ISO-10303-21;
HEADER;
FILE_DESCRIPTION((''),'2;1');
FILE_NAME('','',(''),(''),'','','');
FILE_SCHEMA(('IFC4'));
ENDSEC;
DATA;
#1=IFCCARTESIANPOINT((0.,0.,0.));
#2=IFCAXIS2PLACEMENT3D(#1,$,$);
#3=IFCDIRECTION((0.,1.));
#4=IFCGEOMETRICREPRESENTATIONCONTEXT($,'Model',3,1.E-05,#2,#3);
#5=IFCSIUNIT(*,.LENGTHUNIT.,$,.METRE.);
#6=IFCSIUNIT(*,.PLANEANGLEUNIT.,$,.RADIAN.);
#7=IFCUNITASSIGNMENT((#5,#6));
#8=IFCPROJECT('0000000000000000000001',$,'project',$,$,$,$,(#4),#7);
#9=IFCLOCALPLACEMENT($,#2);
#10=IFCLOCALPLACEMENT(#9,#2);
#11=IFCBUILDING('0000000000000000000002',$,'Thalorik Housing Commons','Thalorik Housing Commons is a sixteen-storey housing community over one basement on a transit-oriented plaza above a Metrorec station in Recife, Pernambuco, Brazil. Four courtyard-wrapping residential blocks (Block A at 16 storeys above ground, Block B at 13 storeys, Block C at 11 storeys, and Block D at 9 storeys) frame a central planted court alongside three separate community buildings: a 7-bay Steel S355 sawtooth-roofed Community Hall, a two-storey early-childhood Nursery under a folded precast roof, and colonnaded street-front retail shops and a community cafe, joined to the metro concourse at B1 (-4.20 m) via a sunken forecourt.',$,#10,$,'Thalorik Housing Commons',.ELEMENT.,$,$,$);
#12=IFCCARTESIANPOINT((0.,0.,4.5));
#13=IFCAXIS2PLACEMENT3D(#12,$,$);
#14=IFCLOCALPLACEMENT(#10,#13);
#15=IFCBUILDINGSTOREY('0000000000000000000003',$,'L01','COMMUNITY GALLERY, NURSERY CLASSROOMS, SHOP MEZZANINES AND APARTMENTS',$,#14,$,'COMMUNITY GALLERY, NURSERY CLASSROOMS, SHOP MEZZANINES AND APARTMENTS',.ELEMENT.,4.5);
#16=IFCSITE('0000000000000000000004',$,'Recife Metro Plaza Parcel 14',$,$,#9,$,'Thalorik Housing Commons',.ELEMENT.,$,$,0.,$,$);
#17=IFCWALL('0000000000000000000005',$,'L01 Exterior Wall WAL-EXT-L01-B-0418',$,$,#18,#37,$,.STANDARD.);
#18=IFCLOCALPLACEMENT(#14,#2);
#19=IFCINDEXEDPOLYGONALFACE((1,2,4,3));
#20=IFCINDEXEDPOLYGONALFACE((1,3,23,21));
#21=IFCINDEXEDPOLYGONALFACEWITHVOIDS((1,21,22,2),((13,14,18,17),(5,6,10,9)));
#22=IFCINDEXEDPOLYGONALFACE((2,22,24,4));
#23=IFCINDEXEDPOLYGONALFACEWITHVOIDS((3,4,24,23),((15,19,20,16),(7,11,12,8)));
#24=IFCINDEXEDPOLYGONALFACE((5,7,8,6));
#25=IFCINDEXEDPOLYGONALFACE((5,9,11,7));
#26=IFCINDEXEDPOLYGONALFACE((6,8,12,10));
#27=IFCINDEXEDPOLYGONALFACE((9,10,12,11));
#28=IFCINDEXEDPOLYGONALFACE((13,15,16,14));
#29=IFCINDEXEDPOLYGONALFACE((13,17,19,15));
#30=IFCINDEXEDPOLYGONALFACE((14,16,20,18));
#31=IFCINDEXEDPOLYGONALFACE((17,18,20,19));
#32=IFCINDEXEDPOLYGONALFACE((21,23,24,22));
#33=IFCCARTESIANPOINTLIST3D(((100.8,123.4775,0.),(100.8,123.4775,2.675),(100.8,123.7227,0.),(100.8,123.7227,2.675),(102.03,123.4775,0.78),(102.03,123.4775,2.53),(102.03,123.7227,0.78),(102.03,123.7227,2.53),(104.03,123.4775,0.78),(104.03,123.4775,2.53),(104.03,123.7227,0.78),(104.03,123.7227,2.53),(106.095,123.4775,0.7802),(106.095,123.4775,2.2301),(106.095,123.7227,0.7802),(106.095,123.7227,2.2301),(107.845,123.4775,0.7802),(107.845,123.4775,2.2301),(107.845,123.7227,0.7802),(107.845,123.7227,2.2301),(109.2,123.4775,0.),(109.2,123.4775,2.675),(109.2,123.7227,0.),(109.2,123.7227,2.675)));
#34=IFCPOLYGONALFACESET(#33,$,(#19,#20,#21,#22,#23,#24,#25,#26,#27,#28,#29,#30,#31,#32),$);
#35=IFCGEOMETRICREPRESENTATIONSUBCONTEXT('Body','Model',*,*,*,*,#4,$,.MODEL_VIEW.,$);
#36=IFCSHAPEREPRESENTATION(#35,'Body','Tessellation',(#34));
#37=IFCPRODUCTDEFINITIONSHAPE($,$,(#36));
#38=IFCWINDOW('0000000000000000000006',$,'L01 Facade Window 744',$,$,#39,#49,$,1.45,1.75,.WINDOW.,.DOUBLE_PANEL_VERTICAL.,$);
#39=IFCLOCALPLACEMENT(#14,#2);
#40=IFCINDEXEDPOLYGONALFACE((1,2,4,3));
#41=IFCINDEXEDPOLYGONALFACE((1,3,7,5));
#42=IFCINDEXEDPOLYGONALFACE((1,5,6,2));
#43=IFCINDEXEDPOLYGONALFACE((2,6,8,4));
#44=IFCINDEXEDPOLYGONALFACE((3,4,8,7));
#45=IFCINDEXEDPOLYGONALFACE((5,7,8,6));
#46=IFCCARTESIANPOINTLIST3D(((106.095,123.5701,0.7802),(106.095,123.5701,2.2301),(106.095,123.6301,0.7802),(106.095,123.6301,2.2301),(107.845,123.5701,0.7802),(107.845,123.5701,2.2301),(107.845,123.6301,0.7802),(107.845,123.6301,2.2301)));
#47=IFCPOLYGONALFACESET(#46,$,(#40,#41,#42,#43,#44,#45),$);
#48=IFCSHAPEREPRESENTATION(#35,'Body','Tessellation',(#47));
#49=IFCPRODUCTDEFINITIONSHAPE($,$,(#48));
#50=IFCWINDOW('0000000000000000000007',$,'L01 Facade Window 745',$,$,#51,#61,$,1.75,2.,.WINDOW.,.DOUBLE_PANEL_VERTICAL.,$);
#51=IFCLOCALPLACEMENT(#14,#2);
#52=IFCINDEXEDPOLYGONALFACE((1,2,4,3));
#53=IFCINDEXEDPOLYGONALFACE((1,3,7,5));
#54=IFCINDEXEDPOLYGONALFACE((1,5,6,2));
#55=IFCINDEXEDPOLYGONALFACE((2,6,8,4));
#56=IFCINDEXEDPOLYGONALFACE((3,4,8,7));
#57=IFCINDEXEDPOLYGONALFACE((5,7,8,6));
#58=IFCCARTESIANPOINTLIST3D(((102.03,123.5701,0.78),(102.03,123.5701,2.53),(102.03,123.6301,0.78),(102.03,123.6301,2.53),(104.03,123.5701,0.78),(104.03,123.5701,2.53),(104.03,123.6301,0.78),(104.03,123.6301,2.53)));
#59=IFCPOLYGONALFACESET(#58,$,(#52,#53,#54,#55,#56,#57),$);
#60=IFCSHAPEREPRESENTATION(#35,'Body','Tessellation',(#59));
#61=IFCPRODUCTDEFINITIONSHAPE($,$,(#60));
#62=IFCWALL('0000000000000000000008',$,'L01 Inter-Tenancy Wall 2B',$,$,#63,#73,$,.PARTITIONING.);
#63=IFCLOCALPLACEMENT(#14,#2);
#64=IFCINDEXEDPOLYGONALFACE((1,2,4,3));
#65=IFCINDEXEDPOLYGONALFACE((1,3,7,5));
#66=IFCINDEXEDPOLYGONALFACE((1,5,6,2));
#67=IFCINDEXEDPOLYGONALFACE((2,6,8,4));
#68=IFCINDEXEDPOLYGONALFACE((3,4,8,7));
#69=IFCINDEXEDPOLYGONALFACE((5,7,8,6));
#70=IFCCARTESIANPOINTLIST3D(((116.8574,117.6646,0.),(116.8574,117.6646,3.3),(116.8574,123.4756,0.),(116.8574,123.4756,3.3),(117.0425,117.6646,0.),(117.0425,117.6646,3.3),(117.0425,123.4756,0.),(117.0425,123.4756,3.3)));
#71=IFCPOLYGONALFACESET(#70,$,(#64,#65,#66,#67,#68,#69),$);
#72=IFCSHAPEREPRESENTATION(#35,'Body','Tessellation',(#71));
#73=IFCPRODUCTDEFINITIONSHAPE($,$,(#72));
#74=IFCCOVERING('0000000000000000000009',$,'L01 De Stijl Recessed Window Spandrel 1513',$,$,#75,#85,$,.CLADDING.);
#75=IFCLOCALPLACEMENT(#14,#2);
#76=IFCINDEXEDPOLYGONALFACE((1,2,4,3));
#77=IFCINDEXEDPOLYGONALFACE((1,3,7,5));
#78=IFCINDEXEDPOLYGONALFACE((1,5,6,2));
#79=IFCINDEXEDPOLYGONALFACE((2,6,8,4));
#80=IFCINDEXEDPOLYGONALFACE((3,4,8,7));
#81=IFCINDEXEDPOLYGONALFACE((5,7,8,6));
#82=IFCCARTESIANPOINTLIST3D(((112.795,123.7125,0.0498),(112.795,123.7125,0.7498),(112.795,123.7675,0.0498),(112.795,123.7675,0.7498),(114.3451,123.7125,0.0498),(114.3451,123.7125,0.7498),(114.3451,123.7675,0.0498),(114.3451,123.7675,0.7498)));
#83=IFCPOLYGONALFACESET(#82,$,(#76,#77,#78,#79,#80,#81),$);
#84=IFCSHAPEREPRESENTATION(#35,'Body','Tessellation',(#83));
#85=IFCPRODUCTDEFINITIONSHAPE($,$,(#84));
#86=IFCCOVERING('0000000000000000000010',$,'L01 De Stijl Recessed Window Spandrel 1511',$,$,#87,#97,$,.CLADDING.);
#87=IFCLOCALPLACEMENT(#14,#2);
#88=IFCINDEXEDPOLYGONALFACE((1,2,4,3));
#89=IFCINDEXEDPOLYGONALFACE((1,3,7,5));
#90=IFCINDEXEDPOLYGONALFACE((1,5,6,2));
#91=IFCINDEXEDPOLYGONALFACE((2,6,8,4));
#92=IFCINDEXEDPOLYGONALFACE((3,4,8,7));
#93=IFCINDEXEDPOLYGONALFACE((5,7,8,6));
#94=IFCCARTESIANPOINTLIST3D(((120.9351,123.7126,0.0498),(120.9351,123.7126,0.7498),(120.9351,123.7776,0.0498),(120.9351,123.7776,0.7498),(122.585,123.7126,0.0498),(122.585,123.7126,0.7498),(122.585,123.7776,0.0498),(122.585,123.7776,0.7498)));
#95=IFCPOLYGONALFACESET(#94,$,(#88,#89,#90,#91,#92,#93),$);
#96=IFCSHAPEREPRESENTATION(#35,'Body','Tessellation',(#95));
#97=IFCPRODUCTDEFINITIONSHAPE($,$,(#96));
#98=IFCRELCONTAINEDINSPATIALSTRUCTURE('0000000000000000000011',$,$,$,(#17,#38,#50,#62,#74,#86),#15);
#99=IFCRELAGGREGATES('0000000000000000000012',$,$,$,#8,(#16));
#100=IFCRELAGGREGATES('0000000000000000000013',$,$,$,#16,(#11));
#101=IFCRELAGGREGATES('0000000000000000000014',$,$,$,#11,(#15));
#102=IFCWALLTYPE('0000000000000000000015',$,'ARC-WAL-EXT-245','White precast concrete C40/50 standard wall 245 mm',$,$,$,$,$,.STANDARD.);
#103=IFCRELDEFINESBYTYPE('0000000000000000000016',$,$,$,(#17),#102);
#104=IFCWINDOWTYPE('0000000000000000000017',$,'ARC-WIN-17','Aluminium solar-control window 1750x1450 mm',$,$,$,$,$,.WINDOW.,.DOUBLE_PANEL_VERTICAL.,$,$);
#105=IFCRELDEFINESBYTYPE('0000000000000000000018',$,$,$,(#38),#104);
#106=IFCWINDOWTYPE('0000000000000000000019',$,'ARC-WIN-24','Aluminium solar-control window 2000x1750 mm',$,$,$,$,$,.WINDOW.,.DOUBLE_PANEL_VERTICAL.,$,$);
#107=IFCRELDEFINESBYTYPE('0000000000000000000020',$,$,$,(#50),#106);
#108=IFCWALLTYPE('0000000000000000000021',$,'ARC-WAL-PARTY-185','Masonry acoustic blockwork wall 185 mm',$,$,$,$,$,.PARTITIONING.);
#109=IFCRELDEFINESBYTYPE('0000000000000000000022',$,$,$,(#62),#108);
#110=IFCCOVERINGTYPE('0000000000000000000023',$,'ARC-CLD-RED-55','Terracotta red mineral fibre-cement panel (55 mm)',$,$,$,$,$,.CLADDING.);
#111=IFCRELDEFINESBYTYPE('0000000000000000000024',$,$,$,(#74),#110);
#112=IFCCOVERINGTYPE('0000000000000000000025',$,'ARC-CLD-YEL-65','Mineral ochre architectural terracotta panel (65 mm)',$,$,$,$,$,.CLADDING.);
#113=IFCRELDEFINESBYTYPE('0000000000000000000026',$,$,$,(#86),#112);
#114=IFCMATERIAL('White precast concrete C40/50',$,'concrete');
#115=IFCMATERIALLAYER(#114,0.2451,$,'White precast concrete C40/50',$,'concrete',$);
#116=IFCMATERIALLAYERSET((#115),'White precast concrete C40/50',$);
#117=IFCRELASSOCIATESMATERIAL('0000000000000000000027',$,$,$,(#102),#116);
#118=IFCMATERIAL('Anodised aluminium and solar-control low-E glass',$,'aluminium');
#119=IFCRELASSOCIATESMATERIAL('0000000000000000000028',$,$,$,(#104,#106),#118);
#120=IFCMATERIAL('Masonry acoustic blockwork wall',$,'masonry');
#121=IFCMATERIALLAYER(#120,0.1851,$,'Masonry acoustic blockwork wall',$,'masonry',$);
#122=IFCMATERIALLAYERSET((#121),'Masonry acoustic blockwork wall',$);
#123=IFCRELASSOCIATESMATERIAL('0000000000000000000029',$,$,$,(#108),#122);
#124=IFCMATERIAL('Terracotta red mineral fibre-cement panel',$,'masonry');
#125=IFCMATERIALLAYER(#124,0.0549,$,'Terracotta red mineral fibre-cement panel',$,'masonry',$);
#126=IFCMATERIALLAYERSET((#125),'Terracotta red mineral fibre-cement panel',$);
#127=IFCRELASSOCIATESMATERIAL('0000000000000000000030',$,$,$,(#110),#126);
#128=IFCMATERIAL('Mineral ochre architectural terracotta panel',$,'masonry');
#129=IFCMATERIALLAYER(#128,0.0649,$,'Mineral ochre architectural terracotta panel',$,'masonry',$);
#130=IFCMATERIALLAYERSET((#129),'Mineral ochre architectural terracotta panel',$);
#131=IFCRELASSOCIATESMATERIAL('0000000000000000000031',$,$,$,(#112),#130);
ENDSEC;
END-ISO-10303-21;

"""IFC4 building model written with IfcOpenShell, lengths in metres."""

from ifc_helpers import new_model, si_unit, direction, frame, frame_2d, origin, origin_2d, place, context, subcontext, project, spatial, rectangle, extrude, material, layer, layer_set, type_object, element, fill, save


model = new_model("IFC4")

# Units and contexts
model_context = context("Model", 3, precision=1e-05, world=origin(), true_north=direction((0.0, 1.0)))
body_context = subcontext(model_context, "Body", "Model", "MODEL_VIEW")
ifc_project = project(units=[si_unit("LENGTHUNIT", "METRE"), si_unit("PLANEANGLEUNIT", "RADIAN")], contexts=[model_context])

# Site, building, storey
site_placement = place(None, origin())
site = spatial("IfcSite", under=ifc_project, at=site_placement, Name="Recife Metro Plaza Parcel 14", LongName="Thalorik Housing Commons", CompositionType="ELEMENT", RefElevation=0.0)
building_placement = place(site_placement, origin())
building = spatial("IfcBuilding", under=site, at=building_placement, Name="Thalorik Housing Commons", Description="Thalorik Housing Commons is a sixteen-storey housing community over one basement on a transit-oriented plaza above a Metrorec station in Recife, Pernambuco, Brazil. Four courtyard-wrapping residential blocks (Block A at 16 storeys above ground, Block B at 13 storeys, Block C at 11 storeys, and Block D at 9 storeys) frame a central planted court alongside three separate community buildings: a 7-bay Steel S355 sawtooth-roofed Community Hall, a two-storey early-childhood Nursery under a folded precast roof, and colonnaded street-front retail shops and a community cafe, joined to the metro concourse at B1 (-4.20 m) via a sunken forecourt.", LongName="Thalorik Housing Commons", CompositionType="ELEMENT")
storey_placement = place(building_placement, frame((0.0, 0.0, 4.5)))
storey = spatial("IfcBuildingStorey", under=building, at=storey_placement, Name="L01", Description="COMMUNITY GALLERY, NURSERY CLASSROOMS, SHOP MEZZANINES AND APARTMENTS", LongName="COMMUNITY GALLERY, NURSERY CLASSROOMS, SHOP MEZZANINES AND APARTMENTS", CompositionType="ELEMENT", Elevation=4.5)

# Wall, openings, windows
ifc_material_1 = material(Name="White precast concrete C40/50", Category="concrete")
ifc_layer_1 = layer(ifc_material_1, 0.2451, Name="White precast concrete C40/50", Category="concrete")
ifc_layer_set_1 = layer_set([ifc_layer_1], Name="White precast concrete C40/50")
wall_type_1 = type_object("IfcWallType", Name="ARC-WAL-EXT-245", Description="White precast concrete C40/50 standard wall 245 mm", PredefinedType="STANDARD", material=ifc_layer_set_1)
ifc_material_2 = material(Name="Anodised aluminium and solar-control low-E glass", Category="aluminium")
wall_1_placement = place(storey_placement, frame((109.2, 123.6001, 0.0), z_axis=(0.0, 0.0, 1.0), x_axis=(-1.0, 0.0, 0.0)))
wall_1 = element("IfcWall", 1, at=wall_1_placement, inside=storey, type_object=wall_type_1, Name="L01 Exterior Wall WAL-EXT-L01-B-0418", PredefinedType="STANDARD", context=body_context, shape_type="SweptSolid", body=[
    extrude(rectangle(XDim=8.3999, YDim=0.2451, at=frame_2d((4.2, 0.0))), origin(), (0.0, 0.0, 1.0), 2.675),
])
opening_1_placement = place(wall_1_placement, frame((1.355, 0.0, 0.78)))
opening_1 = element("IfcOpeningElement", 2, at=opening_1_placement, cuts=wall_1, PredefinedType="OPENING", context=body_context, shape_type="SweptSolid", body=[
    extrude(rectangle(XDim=1.75, YDim=1.45, at=frame_2d((0.875, 0.7251))), frame((0.0, 0.1326, 0.0), z_axis=(0.0, -1.0, 0.0), x_axis=(1.0, 0.0, 0.0)), (0.0, 0.0, 1.0), 0.2651),
])
opening_2_placement = place(wall_1_placement, frame((5.1699, 0.0, 0.78)))
opening_2 = element("IfcOpeningElement", 3, at=opening_2_placement, cuts=wall_1, PredefinedType="OPENING", context=body_context, shape_type="SweptSolid", body=[
    extrude(rectangle(XDim=2.0, YDim=1.75, at=frame_2d((1.0, 0.875))), frame((0.0, 0.1326, 0.0), z_axis=(0.0, -1.0, 0.0), x_axis=(1.0, 0.0, 0.0)), (0.0, 0.0, 1.0), 0.2651),
])
window_type_1 = type_object("IfcWindowType", Name="ARC-WIN-17", Description="Aluminium solar-control window 1750x1450 mm", PartitioningType="DOUBLE_PANEL_VERTICAL", PredefinedType="WINDOW", material=ifc_material_2)
window_1_placement = place(opening_1_placement, origin())
window_1 = element("IfcWindow", 4, at=window_1_placement, inside=storey, type_object=window_type_1, Name="L01 Facade Window 744", OverallHeight=1.45, OverallWidth=1.75, PartitioningType="DOUBLE_PANEL_VERTICAL", PredefinedType="WINDOW", context=body_context, shape_type="SweptSolid", body=[
    extrude(rectangle(XDim=1.75, YDim=1.45, at=frame_2d((0.875, 0.7251))), frame((0.0, 0.03, 0.0), z_axis=(0.0, -1.0, 0.0), x_axis=(1.0, 0.0, 0.0)), (0.0, 0.0, 1.0), 0.0601),
])
fill(opening_1, window_1)
window_type_2 = type_object("IfcWindowType", Name="ARC-WIN-24", Description="Aluminium solar-control window 2000x1750 mm", PartitioningType="DOUBLE_PANEL_VERTICAL", PredefinedType="WINDOW", material=ifc_material_2)
window_2_placement = place(opening_2_placement, origin())
window_2 = element("IfcWindow", 5, at=window_2_placement, inside=storey, type_object=window_type_2, Name="L01 Facade Window 745", OverallHeight=1.75, OverallWidth=2.0, PartitioningType="DOUBLE_PANEL_VERTICAL", PredefinedType="WINDOW", context=body_context, shape_type="SweptSolid", body=[
    extrude(rectangle(XDim=2.0, YDim=1.75, at=frame_2d((1.0, 0.875))), frame((0.0, 0.03, 0.0), z_axis=(0.0, -1.0, 0.0), x_axis=(1.0, 0.0, 0.0)), (0.0, 0.0, 1.0), 0.0601),
])
fill(opening_2, window_2)

# Wall
ifc_material_3 = material(Name="Masonry acoustic blockwork wall", Category="masonry")
ifc_layer_2 = layer(ifc_material_3, 0.1851, Name="Masonry acoustic blockwork wall", Category="masonry")
ifc_layer_set_2 = layer_set([ifc_layer_2], Name="Masonry acoustic blockwork wall")
wall_type_2 = type_object("IfcWallType", Name="ARC-WAL-PARTY-185", Description="Masonry acoustic blockwork wall 185 mm", PredefinedType="PARTITIONING", material=ifc_layer_set_2)
wall_2_placement = place(storey_placement, frame((116.95, 117.6646, 0.0), z_axis=(0.0, 0.0, 1.0), x_axis=(0.0, 1.0, 0.0)))
element("IfcWall", 6, at=wall_2_placement, inside=storey, type_object=wall_type_2, Name="L01 Inter-Tenancy Wall 2B", PredefinedType="PARTITIONING", context=body_context, shape_type="SweptSolid", body=[
    extrude(rectangle(XDim=5.811, YDim=0.1851, at=frame_2d((2.9055, 0.0))), origin(), (0.0, 0.0, 1.0), 3.3),
])

# Coverings
ifc_material_4 = material(Name="Terracotta red mineral fibre-cement panel", Category="masonry")
ifc_layer_3 = layer(ifc_material_4, 0.0549, Name="Terracotta red mineral fibre-cement panel", Category="masonry")
ifc_layer_set_3 = layer_set([ifc_layer_3], Name="Terracotta red mineral fibre-cement panel")
covering_type_1 = type_object("IfcCoveringType", Name="ARC-CLD-RED-55", Description="Terracotta red mineral fibre-cement panel (55 mm)", PredefinedType="CLADDING", material=ifc_layer_set_3)
covering_1_placement = place(storey_placement, frame((113.5701, 123.74, 0.0498), z_axis=(0.0, 0.0, 1.0), x_axis=(-1.0, 0.0, 0.0)))
element("IfcCovering", 7, at=covering_1_placement, inside=storey, type_object=covering_type_1, Name="L01 De Stijl Recessed Window Spandrel 1513", PredefinedType="CLADDING", context=body_context, shape_type="SweptSolid", body=[
    extrude(rectangle(XDim=1.55, YDim=0.0549, at=origin_2d()), origin(), (0.0, 0.0, 1.0), 0.7),
])
ifc_material_5 = material(Name="Mineral ochre architectural terracotta panel", Category="masonry")
ifc_layer_4 = layer(ifc_material_5, 0.0649, Name="Mineral ochre architectural terracotta panel", Category="masonry")
ifc_layer_set_4 = layer_set([ifc_layer_4], Name="Mineral ochre architectural terracotta panel")
covering_type_2 = type_object("IfcCoveringType", Name="ARC-CLD-YEL-65", Description="Mineral ochre architectural terracotta panel (65 mm)", PredefinedType="CLADDING", material=ifc_layer_set_4)
covering_2_placement = place(storey_placement, frame((121.76, 123.7451, 0.0498), z_axis=(0.0, 0.0, 1.0), x_axis=(-1.0, 0.0, 0.0)))
element("IfcCovering", 8, at=covering_2_placement, inside=storey, type_object=covering_type_2, Name="L01 De Stijl Recessed Window Spandrel 1511", PredefinedType="CLADDING", context=body_context, shape_type="SweptSolid", body=[
    extrude(rectangle(XDim=1.6499, YDim=0.0649, at=origin_2d()), origin(), (0.0, 0.0, 1.0), 0.7),
])

save(model, "model.ifc")
